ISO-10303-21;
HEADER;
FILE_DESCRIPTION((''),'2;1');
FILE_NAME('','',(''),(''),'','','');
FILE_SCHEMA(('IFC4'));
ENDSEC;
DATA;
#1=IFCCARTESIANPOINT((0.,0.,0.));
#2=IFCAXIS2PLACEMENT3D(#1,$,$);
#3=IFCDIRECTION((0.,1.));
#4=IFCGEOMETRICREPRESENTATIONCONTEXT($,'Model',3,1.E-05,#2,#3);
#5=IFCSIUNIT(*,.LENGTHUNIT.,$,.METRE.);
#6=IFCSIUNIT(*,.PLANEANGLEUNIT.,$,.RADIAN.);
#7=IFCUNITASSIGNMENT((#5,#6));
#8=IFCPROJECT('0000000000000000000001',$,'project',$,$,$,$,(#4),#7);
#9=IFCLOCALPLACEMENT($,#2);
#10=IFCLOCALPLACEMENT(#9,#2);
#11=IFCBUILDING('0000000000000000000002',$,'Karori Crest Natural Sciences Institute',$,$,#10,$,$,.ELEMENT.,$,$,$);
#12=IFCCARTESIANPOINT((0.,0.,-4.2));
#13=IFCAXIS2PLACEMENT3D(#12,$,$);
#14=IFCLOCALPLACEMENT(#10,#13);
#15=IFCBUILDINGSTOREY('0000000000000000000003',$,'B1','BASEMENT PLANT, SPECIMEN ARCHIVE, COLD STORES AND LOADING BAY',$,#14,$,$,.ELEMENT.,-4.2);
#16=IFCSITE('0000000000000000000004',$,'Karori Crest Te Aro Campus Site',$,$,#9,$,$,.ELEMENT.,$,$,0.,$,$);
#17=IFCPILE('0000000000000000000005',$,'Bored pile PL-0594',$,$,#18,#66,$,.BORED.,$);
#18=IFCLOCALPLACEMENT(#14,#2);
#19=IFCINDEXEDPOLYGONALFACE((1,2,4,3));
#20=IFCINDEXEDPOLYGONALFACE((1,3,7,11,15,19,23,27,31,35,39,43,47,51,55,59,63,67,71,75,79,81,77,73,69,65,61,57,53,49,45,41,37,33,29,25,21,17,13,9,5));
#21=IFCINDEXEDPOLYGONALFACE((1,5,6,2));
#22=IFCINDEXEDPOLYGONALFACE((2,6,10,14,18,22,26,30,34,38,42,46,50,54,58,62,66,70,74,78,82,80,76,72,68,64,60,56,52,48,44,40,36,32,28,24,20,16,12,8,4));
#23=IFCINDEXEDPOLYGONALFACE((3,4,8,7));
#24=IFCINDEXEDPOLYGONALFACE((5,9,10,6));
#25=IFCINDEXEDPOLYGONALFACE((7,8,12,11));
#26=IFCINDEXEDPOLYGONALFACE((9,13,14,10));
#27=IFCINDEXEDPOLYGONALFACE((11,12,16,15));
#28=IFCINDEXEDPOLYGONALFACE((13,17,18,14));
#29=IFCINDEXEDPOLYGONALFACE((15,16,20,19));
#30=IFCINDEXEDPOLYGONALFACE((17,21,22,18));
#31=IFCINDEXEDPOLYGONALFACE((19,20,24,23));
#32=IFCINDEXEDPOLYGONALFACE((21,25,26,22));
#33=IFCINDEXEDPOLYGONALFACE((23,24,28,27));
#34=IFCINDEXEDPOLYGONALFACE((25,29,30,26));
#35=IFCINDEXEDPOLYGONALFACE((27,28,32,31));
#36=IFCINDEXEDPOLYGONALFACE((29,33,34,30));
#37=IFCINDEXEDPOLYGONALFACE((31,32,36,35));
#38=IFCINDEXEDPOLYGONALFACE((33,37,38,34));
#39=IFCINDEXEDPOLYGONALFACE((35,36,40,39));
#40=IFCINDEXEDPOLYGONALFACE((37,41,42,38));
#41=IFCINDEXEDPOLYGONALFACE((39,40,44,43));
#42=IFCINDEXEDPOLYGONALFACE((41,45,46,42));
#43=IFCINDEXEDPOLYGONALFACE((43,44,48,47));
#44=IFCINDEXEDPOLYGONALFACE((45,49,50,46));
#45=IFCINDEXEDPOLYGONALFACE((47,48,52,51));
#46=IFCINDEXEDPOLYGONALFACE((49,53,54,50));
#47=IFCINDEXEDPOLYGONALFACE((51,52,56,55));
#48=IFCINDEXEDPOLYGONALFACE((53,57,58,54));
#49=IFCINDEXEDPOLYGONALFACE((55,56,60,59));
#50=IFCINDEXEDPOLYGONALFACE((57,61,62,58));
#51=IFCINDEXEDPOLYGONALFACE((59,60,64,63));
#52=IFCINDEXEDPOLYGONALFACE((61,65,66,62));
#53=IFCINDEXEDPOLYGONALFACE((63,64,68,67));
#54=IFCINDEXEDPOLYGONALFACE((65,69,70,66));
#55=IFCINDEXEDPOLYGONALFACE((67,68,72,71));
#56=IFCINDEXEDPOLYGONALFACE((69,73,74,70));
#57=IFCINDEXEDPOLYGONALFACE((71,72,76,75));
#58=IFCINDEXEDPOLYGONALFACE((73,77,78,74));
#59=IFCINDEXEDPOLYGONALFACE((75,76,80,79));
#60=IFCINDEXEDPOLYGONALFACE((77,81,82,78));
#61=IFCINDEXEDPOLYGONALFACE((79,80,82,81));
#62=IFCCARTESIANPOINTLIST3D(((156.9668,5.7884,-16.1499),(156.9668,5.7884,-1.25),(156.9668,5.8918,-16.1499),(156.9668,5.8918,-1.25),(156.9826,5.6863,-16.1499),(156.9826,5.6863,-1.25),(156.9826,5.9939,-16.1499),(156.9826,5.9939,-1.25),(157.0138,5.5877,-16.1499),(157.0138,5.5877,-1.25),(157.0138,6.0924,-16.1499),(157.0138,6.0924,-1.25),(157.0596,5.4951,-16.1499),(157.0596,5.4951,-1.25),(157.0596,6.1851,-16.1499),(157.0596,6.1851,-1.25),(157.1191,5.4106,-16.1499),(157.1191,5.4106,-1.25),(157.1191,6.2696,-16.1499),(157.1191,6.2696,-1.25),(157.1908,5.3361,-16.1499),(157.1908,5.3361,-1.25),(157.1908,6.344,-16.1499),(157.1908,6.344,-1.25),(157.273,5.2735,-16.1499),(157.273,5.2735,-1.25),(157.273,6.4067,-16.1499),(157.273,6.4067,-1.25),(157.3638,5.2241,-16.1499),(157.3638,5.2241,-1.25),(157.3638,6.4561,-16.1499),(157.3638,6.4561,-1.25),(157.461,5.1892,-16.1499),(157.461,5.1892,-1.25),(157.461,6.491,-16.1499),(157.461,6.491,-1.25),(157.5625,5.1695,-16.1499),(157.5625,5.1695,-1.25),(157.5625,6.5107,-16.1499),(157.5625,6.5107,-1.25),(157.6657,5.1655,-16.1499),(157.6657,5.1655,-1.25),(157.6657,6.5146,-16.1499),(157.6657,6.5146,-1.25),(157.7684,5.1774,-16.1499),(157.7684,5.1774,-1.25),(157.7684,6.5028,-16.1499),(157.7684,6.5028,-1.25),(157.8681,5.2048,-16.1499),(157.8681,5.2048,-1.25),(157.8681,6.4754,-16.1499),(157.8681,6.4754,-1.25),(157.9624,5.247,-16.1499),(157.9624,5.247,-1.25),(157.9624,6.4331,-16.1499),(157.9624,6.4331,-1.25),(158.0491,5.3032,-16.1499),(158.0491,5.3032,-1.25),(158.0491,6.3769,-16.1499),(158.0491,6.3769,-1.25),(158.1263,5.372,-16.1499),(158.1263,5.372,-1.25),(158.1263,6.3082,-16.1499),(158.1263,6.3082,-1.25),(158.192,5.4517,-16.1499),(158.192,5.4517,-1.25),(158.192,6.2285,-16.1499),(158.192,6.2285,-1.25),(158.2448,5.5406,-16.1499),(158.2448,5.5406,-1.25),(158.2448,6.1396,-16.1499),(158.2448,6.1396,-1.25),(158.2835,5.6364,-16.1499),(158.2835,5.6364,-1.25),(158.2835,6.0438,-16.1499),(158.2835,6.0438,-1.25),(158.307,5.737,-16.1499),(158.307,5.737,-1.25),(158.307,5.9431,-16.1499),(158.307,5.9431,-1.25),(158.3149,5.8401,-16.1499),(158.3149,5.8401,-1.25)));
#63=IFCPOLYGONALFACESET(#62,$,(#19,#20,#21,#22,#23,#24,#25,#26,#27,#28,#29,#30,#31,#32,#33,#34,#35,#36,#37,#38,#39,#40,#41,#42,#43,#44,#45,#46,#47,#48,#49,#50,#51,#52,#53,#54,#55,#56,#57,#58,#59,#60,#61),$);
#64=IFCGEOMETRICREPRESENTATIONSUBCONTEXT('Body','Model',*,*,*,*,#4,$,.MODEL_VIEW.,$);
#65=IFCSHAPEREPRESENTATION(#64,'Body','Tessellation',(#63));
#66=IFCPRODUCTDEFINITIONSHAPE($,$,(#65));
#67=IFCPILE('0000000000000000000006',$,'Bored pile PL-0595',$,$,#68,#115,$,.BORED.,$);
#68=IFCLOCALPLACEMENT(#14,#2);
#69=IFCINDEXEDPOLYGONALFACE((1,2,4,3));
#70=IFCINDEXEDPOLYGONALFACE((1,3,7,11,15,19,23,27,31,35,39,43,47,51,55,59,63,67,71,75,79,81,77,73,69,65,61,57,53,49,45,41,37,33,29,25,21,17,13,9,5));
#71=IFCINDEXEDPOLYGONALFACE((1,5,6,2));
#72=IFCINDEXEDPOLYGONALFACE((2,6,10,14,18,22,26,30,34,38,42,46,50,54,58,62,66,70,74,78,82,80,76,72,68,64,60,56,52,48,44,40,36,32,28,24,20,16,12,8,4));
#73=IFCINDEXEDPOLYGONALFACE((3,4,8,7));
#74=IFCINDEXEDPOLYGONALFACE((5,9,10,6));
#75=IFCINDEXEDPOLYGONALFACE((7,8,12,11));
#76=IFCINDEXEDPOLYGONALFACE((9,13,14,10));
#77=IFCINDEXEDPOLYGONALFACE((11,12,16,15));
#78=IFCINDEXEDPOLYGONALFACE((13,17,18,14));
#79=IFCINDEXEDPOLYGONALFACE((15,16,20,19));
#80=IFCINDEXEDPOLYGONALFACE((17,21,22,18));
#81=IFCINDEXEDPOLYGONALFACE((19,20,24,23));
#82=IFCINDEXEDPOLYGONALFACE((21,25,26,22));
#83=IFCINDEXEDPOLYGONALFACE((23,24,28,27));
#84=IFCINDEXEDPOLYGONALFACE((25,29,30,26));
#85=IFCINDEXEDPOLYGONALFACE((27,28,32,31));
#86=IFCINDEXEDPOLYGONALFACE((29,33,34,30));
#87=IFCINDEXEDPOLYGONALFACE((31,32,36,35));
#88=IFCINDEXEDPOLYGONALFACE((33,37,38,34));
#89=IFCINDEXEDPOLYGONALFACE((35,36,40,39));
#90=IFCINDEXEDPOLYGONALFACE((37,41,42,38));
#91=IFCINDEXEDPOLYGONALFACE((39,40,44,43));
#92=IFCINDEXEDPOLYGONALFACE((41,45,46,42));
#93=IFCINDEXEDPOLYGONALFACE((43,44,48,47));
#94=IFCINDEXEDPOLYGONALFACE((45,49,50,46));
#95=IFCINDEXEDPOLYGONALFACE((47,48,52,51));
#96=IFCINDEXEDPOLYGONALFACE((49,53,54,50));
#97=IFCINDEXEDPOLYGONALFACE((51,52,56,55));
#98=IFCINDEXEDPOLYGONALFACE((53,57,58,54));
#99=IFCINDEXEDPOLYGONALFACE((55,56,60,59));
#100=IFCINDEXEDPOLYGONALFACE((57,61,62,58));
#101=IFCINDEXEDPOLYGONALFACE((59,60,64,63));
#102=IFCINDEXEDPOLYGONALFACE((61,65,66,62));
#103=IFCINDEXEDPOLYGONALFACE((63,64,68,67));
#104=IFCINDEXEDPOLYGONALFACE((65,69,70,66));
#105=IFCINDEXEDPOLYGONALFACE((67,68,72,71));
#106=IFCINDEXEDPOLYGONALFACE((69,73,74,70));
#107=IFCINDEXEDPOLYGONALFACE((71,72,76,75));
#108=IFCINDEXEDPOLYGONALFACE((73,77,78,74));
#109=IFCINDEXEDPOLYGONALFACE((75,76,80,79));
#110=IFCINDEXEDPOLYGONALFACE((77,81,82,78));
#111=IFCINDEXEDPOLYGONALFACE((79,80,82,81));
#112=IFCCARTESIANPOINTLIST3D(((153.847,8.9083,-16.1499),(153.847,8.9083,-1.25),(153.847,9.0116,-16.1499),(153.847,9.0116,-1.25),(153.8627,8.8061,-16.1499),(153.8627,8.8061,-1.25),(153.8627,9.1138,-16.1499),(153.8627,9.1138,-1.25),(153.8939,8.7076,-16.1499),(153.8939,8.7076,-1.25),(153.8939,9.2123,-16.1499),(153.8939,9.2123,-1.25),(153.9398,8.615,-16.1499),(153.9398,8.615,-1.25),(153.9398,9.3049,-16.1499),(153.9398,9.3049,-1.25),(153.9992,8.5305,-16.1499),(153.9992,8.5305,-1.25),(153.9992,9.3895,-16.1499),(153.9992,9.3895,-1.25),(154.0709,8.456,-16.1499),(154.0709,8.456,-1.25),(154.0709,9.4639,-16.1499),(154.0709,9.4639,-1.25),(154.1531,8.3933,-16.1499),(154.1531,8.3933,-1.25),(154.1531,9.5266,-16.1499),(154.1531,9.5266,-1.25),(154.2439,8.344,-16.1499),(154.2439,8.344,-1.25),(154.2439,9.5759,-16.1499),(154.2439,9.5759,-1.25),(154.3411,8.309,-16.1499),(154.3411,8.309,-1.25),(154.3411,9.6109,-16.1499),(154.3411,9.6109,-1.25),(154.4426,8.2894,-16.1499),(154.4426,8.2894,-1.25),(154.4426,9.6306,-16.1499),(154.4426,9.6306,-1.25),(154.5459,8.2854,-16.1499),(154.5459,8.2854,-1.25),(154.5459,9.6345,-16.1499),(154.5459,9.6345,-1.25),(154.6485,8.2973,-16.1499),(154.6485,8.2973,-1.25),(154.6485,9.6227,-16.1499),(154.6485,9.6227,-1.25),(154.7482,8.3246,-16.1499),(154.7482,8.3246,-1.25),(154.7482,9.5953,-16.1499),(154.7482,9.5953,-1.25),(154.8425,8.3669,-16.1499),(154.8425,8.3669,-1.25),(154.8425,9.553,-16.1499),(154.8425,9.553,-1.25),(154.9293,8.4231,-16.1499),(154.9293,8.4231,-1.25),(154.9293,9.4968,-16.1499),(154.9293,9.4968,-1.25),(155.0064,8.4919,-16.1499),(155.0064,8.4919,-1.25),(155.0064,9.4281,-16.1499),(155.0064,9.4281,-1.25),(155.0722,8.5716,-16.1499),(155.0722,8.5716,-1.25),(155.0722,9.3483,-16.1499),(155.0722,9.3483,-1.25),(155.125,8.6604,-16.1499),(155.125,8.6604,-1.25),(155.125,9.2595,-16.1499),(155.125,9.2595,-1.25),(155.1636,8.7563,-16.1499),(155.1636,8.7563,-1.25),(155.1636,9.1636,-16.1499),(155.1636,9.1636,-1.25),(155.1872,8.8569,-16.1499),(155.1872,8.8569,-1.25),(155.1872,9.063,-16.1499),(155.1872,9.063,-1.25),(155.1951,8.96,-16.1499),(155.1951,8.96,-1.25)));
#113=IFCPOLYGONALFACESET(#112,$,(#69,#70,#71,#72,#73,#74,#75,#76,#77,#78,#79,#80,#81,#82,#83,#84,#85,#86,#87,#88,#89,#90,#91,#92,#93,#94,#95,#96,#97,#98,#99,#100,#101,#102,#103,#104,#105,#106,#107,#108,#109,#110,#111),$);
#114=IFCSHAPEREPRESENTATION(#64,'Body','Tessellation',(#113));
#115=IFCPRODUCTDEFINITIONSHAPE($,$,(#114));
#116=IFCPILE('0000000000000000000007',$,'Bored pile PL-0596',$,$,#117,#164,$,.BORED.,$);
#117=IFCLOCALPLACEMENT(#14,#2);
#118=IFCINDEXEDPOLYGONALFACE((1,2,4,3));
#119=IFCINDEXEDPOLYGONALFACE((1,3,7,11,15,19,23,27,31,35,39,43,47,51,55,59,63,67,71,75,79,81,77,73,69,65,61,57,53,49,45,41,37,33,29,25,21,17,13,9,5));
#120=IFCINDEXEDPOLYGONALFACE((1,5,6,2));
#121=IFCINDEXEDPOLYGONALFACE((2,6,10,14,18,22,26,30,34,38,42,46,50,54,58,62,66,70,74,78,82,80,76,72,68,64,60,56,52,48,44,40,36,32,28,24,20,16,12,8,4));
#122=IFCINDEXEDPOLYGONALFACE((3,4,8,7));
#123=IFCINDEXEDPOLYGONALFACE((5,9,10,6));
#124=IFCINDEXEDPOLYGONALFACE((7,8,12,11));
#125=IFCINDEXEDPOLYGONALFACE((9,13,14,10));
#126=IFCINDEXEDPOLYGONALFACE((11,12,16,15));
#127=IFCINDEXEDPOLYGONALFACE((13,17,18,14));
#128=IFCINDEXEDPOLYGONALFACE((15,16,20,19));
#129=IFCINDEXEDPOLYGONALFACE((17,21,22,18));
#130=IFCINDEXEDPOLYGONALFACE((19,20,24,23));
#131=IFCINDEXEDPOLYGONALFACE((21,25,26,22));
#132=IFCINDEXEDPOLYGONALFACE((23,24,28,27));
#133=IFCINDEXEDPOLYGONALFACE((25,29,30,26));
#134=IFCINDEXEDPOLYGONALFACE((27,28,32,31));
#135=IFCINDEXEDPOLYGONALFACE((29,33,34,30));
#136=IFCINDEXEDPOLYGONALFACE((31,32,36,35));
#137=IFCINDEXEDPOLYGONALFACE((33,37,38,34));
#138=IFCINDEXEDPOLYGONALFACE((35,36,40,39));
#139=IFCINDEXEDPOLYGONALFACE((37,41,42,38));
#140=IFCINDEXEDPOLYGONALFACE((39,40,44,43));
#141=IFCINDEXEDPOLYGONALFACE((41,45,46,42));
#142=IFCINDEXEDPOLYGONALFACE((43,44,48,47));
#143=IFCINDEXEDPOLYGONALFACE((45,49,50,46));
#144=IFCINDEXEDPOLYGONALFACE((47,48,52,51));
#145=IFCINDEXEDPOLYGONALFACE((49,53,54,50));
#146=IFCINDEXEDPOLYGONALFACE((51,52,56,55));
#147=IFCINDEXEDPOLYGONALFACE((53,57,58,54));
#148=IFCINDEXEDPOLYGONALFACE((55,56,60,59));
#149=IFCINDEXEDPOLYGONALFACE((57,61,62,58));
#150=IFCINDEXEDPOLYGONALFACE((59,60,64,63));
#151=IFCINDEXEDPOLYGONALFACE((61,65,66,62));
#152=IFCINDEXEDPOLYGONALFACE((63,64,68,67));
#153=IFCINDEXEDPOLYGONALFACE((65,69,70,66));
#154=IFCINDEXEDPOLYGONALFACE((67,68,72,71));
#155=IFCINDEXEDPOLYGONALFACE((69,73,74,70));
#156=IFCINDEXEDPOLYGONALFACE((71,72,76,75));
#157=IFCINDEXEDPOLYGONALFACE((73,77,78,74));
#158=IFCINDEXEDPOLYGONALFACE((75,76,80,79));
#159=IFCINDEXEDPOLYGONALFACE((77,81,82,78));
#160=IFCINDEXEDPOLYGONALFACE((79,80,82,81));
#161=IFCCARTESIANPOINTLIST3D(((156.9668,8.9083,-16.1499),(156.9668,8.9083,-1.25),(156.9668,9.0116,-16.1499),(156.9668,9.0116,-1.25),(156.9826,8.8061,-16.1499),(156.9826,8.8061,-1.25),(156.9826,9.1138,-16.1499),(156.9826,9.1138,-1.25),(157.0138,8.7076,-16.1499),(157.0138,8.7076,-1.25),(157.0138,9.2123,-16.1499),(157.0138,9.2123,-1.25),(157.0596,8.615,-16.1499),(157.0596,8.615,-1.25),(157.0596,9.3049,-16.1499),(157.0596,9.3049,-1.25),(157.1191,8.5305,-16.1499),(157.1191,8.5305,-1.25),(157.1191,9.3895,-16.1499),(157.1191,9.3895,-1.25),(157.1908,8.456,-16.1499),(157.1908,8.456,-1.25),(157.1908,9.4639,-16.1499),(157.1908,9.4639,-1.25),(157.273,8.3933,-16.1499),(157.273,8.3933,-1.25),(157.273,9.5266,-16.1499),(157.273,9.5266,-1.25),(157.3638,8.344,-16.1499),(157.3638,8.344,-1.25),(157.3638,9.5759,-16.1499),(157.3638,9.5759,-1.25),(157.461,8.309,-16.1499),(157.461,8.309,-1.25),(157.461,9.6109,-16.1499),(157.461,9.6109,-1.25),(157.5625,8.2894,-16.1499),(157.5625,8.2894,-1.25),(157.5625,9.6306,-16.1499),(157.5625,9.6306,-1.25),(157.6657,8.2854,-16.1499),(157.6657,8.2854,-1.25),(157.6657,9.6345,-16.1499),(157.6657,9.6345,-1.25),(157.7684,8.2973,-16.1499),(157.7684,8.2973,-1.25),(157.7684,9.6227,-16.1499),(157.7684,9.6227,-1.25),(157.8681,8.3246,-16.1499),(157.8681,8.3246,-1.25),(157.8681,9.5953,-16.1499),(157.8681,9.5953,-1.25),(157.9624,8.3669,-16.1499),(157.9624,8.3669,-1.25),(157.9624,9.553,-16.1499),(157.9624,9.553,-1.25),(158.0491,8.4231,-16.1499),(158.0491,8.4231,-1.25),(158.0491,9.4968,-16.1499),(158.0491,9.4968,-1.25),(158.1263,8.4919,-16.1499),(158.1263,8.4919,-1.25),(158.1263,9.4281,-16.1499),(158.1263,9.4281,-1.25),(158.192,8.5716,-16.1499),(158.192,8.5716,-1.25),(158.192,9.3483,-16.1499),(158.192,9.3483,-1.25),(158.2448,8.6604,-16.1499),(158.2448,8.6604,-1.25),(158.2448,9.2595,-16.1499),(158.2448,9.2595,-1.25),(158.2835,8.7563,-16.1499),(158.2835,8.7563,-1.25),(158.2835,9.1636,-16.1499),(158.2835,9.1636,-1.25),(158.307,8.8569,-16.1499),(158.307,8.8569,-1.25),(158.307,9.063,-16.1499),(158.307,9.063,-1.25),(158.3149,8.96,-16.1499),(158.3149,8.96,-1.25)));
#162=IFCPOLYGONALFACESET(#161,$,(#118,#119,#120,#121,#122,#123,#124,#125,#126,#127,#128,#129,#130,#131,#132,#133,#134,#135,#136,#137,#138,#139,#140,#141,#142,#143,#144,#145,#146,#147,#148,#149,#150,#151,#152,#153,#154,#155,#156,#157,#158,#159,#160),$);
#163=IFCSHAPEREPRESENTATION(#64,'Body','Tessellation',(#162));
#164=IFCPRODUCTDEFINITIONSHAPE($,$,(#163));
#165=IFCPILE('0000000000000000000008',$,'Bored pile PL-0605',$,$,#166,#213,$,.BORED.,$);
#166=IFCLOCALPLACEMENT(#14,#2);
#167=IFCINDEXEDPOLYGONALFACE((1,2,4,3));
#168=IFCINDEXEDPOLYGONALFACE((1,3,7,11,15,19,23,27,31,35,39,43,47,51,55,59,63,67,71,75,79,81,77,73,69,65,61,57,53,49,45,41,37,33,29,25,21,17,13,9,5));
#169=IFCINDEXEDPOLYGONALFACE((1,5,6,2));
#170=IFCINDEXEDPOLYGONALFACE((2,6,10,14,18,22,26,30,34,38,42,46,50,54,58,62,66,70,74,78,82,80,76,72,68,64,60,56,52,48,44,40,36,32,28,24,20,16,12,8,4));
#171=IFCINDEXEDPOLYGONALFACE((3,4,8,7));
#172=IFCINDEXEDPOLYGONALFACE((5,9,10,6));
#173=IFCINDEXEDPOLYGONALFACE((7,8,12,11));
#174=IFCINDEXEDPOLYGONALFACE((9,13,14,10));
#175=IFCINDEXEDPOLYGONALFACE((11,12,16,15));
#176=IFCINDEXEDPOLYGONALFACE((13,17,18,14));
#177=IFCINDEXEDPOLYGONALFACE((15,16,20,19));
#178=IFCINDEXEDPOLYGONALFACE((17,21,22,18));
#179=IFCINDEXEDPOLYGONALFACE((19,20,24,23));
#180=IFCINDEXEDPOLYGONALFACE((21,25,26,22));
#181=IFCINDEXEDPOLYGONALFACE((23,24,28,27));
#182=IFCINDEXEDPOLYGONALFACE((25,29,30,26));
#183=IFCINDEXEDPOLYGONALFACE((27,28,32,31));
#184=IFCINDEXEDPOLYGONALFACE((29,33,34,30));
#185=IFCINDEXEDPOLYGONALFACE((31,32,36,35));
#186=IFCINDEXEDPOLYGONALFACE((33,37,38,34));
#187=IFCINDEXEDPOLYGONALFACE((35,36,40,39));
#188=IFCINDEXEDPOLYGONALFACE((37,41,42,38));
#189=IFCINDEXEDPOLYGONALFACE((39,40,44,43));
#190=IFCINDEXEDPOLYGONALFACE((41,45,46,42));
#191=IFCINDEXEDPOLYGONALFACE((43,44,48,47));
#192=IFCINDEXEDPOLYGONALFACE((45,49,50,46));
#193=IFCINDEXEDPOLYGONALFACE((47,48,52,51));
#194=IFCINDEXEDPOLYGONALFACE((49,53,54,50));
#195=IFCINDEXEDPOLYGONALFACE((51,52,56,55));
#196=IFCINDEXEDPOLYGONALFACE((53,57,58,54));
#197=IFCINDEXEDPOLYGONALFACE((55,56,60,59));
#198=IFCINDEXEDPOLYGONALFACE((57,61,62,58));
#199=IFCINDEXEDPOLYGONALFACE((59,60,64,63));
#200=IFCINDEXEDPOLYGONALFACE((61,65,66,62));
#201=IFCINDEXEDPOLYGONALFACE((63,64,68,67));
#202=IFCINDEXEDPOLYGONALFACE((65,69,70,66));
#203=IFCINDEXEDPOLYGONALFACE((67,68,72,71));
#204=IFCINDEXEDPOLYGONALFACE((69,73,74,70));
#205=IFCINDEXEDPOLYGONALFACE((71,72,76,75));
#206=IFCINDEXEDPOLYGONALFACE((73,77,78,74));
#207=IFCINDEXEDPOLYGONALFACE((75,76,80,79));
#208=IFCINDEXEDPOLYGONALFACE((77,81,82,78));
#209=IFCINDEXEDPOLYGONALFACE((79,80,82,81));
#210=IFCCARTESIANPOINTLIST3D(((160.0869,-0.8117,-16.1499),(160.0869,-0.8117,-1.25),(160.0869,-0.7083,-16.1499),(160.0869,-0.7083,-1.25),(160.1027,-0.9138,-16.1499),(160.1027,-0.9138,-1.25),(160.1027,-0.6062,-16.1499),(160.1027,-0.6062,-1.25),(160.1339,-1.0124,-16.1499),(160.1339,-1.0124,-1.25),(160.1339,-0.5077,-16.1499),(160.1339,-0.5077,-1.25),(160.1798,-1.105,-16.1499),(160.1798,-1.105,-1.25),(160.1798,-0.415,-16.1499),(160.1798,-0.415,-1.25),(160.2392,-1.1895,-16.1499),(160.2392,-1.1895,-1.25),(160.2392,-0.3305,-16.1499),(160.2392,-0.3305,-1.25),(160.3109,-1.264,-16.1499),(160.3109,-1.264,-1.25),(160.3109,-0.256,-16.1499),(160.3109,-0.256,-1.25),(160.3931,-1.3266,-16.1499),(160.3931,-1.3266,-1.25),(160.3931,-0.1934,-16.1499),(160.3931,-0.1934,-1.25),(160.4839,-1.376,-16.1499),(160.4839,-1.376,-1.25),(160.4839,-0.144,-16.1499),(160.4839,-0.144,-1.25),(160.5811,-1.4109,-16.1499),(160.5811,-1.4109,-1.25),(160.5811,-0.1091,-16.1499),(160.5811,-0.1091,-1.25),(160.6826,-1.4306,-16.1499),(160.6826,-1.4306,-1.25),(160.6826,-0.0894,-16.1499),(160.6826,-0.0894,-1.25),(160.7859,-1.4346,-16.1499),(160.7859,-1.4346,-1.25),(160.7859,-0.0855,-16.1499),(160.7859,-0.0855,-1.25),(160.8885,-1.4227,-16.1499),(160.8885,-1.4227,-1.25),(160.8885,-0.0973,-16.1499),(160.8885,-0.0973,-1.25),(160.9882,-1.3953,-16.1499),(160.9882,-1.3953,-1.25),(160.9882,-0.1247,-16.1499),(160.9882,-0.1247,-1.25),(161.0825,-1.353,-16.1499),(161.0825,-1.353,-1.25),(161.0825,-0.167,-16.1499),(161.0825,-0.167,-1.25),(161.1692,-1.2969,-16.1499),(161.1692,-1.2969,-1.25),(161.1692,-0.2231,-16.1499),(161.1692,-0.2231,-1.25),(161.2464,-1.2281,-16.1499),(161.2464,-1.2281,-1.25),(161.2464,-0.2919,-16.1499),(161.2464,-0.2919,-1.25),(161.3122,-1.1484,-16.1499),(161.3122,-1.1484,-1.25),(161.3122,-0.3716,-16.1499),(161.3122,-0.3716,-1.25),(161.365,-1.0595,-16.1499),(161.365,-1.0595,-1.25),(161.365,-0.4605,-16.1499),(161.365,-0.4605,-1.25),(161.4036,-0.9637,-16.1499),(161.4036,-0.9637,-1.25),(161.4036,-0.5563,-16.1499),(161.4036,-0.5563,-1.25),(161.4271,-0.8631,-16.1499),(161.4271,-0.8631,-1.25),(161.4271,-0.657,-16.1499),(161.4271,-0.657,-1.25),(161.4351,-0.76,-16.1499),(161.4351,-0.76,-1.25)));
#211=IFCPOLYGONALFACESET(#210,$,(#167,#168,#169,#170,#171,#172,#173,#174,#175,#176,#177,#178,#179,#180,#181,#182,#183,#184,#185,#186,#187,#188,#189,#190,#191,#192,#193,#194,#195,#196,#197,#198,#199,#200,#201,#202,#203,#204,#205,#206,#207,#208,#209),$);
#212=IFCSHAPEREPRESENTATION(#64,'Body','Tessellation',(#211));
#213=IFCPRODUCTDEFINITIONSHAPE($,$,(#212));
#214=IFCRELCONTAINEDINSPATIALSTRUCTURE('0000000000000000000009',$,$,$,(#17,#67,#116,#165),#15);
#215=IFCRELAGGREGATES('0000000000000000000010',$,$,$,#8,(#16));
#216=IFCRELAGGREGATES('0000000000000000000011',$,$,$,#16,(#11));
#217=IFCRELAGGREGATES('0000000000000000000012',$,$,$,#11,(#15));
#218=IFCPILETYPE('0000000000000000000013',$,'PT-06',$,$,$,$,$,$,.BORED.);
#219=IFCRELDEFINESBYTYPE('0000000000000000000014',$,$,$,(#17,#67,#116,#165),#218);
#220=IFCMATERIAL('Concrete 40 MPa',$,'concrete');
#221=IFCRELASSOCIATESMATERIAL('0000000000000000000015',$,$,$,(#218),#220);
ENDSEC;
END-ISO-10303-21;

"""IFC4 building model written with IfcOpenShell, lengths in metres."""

from ifc_helpers import new_model, si_unit, direction, frame, origin, origin_2d, place, context, subcontext, project, spatial, circle, extrude, material, material_profile, profile_set, type_object, element, save


model = new_model("IFC4")

# Units and contexts
model_context = context("Model", 3, precision=1e-05, world=origin(), true_north=direction((0.0, 1.0)))
body_context = subcontext(model_context, "Body", "Model", "MODEL_VIEW")
ifc_project = project(units=[si_unit("LENGTHUNIT", "METRE"), si_unit("PLANEANGLEUNIT", "RADIAN")], contexts=[model_context])

# Site, building, storey
site_placement = place(None, origin())
site = spatial("IfcSite", under=ifc_project, at=site_placement, Name="Karori Crest Te Aro Campus Site", CompositionType="ELEMENT", RefElevation=0.0)
building_placement = place(site_placement, origin())
building = spatial("IfcBuilding", under=site, at=building_placement, Name="Karori Crest Natural Sciences Institute", CompositionType="ELEMENT")
storey_placement = place(building_placement, frame((0.0, 0.0, -4.2)))
storey = spatial("IfcBuildingStorey", under=building, at=storey_placement, Name="B1", Description="BASEMENT PLANT, SPECIMEN ARCHIVE, COLD STORES AND LOADING BAY", CompositionType="ELEMENT", Elevation=-4.2)

# Shared definitions
ifc_material_1 = material(Name="Concrete 40 MPa", Category="concrete")

# Piles
ifc_material_profile_1 = material_profile(ifc_material_1, circle(Radius=0.675, at=origin_2d()), Name="PILE1350")
ifc_profile_set_1 = profile_set([ifc_material_profile_1], Name="Concrete 40 MPa")
pile_type = type_object("IfcPileType", Name="PT-06", PredefinedType="BORED", material=ifc_profile_set_1)
for number, where, z_axis, x_axis, name in (
    (1, (157.6399, 5.8401, -1.25), (0.0, 0.0, -1.0), (1.0, 0.0, 0.0), "Bored pile PL-0594"),
    (2, (154.52, 8.96, -1.25), (0.0, 0.0, -1.0), (1.0, 0.0, 0.0), "Bored pile PL-0595"),
    (3, (157.6399, 8.96, -1.25), (0.0, 0.0, -1.0), (1.0, 0.0, 0.0), "Bored pile PL-0596"),
    (4, (160.76, -0.76, -1.25), (0.0, 0.0, -1.0), (1.0, 0.0, 0.0), "Bored pile PL-0605"),
):
    element("IfcPile", number, at=place(storey_placement, frame(where, z_axis=z_axis, x_axis=x_axis)), inside=storey, type_object=pile_type, Name=name, PredefinedType="BORED", context=body_context, shape_type="SweptSolid", body=[
        extrude(circle(Radius=0.675, at=origin_2d()), origin(), (0.0, 0.0, 1.0), 14.8999),
    ])

save(model, "model.ifc")
